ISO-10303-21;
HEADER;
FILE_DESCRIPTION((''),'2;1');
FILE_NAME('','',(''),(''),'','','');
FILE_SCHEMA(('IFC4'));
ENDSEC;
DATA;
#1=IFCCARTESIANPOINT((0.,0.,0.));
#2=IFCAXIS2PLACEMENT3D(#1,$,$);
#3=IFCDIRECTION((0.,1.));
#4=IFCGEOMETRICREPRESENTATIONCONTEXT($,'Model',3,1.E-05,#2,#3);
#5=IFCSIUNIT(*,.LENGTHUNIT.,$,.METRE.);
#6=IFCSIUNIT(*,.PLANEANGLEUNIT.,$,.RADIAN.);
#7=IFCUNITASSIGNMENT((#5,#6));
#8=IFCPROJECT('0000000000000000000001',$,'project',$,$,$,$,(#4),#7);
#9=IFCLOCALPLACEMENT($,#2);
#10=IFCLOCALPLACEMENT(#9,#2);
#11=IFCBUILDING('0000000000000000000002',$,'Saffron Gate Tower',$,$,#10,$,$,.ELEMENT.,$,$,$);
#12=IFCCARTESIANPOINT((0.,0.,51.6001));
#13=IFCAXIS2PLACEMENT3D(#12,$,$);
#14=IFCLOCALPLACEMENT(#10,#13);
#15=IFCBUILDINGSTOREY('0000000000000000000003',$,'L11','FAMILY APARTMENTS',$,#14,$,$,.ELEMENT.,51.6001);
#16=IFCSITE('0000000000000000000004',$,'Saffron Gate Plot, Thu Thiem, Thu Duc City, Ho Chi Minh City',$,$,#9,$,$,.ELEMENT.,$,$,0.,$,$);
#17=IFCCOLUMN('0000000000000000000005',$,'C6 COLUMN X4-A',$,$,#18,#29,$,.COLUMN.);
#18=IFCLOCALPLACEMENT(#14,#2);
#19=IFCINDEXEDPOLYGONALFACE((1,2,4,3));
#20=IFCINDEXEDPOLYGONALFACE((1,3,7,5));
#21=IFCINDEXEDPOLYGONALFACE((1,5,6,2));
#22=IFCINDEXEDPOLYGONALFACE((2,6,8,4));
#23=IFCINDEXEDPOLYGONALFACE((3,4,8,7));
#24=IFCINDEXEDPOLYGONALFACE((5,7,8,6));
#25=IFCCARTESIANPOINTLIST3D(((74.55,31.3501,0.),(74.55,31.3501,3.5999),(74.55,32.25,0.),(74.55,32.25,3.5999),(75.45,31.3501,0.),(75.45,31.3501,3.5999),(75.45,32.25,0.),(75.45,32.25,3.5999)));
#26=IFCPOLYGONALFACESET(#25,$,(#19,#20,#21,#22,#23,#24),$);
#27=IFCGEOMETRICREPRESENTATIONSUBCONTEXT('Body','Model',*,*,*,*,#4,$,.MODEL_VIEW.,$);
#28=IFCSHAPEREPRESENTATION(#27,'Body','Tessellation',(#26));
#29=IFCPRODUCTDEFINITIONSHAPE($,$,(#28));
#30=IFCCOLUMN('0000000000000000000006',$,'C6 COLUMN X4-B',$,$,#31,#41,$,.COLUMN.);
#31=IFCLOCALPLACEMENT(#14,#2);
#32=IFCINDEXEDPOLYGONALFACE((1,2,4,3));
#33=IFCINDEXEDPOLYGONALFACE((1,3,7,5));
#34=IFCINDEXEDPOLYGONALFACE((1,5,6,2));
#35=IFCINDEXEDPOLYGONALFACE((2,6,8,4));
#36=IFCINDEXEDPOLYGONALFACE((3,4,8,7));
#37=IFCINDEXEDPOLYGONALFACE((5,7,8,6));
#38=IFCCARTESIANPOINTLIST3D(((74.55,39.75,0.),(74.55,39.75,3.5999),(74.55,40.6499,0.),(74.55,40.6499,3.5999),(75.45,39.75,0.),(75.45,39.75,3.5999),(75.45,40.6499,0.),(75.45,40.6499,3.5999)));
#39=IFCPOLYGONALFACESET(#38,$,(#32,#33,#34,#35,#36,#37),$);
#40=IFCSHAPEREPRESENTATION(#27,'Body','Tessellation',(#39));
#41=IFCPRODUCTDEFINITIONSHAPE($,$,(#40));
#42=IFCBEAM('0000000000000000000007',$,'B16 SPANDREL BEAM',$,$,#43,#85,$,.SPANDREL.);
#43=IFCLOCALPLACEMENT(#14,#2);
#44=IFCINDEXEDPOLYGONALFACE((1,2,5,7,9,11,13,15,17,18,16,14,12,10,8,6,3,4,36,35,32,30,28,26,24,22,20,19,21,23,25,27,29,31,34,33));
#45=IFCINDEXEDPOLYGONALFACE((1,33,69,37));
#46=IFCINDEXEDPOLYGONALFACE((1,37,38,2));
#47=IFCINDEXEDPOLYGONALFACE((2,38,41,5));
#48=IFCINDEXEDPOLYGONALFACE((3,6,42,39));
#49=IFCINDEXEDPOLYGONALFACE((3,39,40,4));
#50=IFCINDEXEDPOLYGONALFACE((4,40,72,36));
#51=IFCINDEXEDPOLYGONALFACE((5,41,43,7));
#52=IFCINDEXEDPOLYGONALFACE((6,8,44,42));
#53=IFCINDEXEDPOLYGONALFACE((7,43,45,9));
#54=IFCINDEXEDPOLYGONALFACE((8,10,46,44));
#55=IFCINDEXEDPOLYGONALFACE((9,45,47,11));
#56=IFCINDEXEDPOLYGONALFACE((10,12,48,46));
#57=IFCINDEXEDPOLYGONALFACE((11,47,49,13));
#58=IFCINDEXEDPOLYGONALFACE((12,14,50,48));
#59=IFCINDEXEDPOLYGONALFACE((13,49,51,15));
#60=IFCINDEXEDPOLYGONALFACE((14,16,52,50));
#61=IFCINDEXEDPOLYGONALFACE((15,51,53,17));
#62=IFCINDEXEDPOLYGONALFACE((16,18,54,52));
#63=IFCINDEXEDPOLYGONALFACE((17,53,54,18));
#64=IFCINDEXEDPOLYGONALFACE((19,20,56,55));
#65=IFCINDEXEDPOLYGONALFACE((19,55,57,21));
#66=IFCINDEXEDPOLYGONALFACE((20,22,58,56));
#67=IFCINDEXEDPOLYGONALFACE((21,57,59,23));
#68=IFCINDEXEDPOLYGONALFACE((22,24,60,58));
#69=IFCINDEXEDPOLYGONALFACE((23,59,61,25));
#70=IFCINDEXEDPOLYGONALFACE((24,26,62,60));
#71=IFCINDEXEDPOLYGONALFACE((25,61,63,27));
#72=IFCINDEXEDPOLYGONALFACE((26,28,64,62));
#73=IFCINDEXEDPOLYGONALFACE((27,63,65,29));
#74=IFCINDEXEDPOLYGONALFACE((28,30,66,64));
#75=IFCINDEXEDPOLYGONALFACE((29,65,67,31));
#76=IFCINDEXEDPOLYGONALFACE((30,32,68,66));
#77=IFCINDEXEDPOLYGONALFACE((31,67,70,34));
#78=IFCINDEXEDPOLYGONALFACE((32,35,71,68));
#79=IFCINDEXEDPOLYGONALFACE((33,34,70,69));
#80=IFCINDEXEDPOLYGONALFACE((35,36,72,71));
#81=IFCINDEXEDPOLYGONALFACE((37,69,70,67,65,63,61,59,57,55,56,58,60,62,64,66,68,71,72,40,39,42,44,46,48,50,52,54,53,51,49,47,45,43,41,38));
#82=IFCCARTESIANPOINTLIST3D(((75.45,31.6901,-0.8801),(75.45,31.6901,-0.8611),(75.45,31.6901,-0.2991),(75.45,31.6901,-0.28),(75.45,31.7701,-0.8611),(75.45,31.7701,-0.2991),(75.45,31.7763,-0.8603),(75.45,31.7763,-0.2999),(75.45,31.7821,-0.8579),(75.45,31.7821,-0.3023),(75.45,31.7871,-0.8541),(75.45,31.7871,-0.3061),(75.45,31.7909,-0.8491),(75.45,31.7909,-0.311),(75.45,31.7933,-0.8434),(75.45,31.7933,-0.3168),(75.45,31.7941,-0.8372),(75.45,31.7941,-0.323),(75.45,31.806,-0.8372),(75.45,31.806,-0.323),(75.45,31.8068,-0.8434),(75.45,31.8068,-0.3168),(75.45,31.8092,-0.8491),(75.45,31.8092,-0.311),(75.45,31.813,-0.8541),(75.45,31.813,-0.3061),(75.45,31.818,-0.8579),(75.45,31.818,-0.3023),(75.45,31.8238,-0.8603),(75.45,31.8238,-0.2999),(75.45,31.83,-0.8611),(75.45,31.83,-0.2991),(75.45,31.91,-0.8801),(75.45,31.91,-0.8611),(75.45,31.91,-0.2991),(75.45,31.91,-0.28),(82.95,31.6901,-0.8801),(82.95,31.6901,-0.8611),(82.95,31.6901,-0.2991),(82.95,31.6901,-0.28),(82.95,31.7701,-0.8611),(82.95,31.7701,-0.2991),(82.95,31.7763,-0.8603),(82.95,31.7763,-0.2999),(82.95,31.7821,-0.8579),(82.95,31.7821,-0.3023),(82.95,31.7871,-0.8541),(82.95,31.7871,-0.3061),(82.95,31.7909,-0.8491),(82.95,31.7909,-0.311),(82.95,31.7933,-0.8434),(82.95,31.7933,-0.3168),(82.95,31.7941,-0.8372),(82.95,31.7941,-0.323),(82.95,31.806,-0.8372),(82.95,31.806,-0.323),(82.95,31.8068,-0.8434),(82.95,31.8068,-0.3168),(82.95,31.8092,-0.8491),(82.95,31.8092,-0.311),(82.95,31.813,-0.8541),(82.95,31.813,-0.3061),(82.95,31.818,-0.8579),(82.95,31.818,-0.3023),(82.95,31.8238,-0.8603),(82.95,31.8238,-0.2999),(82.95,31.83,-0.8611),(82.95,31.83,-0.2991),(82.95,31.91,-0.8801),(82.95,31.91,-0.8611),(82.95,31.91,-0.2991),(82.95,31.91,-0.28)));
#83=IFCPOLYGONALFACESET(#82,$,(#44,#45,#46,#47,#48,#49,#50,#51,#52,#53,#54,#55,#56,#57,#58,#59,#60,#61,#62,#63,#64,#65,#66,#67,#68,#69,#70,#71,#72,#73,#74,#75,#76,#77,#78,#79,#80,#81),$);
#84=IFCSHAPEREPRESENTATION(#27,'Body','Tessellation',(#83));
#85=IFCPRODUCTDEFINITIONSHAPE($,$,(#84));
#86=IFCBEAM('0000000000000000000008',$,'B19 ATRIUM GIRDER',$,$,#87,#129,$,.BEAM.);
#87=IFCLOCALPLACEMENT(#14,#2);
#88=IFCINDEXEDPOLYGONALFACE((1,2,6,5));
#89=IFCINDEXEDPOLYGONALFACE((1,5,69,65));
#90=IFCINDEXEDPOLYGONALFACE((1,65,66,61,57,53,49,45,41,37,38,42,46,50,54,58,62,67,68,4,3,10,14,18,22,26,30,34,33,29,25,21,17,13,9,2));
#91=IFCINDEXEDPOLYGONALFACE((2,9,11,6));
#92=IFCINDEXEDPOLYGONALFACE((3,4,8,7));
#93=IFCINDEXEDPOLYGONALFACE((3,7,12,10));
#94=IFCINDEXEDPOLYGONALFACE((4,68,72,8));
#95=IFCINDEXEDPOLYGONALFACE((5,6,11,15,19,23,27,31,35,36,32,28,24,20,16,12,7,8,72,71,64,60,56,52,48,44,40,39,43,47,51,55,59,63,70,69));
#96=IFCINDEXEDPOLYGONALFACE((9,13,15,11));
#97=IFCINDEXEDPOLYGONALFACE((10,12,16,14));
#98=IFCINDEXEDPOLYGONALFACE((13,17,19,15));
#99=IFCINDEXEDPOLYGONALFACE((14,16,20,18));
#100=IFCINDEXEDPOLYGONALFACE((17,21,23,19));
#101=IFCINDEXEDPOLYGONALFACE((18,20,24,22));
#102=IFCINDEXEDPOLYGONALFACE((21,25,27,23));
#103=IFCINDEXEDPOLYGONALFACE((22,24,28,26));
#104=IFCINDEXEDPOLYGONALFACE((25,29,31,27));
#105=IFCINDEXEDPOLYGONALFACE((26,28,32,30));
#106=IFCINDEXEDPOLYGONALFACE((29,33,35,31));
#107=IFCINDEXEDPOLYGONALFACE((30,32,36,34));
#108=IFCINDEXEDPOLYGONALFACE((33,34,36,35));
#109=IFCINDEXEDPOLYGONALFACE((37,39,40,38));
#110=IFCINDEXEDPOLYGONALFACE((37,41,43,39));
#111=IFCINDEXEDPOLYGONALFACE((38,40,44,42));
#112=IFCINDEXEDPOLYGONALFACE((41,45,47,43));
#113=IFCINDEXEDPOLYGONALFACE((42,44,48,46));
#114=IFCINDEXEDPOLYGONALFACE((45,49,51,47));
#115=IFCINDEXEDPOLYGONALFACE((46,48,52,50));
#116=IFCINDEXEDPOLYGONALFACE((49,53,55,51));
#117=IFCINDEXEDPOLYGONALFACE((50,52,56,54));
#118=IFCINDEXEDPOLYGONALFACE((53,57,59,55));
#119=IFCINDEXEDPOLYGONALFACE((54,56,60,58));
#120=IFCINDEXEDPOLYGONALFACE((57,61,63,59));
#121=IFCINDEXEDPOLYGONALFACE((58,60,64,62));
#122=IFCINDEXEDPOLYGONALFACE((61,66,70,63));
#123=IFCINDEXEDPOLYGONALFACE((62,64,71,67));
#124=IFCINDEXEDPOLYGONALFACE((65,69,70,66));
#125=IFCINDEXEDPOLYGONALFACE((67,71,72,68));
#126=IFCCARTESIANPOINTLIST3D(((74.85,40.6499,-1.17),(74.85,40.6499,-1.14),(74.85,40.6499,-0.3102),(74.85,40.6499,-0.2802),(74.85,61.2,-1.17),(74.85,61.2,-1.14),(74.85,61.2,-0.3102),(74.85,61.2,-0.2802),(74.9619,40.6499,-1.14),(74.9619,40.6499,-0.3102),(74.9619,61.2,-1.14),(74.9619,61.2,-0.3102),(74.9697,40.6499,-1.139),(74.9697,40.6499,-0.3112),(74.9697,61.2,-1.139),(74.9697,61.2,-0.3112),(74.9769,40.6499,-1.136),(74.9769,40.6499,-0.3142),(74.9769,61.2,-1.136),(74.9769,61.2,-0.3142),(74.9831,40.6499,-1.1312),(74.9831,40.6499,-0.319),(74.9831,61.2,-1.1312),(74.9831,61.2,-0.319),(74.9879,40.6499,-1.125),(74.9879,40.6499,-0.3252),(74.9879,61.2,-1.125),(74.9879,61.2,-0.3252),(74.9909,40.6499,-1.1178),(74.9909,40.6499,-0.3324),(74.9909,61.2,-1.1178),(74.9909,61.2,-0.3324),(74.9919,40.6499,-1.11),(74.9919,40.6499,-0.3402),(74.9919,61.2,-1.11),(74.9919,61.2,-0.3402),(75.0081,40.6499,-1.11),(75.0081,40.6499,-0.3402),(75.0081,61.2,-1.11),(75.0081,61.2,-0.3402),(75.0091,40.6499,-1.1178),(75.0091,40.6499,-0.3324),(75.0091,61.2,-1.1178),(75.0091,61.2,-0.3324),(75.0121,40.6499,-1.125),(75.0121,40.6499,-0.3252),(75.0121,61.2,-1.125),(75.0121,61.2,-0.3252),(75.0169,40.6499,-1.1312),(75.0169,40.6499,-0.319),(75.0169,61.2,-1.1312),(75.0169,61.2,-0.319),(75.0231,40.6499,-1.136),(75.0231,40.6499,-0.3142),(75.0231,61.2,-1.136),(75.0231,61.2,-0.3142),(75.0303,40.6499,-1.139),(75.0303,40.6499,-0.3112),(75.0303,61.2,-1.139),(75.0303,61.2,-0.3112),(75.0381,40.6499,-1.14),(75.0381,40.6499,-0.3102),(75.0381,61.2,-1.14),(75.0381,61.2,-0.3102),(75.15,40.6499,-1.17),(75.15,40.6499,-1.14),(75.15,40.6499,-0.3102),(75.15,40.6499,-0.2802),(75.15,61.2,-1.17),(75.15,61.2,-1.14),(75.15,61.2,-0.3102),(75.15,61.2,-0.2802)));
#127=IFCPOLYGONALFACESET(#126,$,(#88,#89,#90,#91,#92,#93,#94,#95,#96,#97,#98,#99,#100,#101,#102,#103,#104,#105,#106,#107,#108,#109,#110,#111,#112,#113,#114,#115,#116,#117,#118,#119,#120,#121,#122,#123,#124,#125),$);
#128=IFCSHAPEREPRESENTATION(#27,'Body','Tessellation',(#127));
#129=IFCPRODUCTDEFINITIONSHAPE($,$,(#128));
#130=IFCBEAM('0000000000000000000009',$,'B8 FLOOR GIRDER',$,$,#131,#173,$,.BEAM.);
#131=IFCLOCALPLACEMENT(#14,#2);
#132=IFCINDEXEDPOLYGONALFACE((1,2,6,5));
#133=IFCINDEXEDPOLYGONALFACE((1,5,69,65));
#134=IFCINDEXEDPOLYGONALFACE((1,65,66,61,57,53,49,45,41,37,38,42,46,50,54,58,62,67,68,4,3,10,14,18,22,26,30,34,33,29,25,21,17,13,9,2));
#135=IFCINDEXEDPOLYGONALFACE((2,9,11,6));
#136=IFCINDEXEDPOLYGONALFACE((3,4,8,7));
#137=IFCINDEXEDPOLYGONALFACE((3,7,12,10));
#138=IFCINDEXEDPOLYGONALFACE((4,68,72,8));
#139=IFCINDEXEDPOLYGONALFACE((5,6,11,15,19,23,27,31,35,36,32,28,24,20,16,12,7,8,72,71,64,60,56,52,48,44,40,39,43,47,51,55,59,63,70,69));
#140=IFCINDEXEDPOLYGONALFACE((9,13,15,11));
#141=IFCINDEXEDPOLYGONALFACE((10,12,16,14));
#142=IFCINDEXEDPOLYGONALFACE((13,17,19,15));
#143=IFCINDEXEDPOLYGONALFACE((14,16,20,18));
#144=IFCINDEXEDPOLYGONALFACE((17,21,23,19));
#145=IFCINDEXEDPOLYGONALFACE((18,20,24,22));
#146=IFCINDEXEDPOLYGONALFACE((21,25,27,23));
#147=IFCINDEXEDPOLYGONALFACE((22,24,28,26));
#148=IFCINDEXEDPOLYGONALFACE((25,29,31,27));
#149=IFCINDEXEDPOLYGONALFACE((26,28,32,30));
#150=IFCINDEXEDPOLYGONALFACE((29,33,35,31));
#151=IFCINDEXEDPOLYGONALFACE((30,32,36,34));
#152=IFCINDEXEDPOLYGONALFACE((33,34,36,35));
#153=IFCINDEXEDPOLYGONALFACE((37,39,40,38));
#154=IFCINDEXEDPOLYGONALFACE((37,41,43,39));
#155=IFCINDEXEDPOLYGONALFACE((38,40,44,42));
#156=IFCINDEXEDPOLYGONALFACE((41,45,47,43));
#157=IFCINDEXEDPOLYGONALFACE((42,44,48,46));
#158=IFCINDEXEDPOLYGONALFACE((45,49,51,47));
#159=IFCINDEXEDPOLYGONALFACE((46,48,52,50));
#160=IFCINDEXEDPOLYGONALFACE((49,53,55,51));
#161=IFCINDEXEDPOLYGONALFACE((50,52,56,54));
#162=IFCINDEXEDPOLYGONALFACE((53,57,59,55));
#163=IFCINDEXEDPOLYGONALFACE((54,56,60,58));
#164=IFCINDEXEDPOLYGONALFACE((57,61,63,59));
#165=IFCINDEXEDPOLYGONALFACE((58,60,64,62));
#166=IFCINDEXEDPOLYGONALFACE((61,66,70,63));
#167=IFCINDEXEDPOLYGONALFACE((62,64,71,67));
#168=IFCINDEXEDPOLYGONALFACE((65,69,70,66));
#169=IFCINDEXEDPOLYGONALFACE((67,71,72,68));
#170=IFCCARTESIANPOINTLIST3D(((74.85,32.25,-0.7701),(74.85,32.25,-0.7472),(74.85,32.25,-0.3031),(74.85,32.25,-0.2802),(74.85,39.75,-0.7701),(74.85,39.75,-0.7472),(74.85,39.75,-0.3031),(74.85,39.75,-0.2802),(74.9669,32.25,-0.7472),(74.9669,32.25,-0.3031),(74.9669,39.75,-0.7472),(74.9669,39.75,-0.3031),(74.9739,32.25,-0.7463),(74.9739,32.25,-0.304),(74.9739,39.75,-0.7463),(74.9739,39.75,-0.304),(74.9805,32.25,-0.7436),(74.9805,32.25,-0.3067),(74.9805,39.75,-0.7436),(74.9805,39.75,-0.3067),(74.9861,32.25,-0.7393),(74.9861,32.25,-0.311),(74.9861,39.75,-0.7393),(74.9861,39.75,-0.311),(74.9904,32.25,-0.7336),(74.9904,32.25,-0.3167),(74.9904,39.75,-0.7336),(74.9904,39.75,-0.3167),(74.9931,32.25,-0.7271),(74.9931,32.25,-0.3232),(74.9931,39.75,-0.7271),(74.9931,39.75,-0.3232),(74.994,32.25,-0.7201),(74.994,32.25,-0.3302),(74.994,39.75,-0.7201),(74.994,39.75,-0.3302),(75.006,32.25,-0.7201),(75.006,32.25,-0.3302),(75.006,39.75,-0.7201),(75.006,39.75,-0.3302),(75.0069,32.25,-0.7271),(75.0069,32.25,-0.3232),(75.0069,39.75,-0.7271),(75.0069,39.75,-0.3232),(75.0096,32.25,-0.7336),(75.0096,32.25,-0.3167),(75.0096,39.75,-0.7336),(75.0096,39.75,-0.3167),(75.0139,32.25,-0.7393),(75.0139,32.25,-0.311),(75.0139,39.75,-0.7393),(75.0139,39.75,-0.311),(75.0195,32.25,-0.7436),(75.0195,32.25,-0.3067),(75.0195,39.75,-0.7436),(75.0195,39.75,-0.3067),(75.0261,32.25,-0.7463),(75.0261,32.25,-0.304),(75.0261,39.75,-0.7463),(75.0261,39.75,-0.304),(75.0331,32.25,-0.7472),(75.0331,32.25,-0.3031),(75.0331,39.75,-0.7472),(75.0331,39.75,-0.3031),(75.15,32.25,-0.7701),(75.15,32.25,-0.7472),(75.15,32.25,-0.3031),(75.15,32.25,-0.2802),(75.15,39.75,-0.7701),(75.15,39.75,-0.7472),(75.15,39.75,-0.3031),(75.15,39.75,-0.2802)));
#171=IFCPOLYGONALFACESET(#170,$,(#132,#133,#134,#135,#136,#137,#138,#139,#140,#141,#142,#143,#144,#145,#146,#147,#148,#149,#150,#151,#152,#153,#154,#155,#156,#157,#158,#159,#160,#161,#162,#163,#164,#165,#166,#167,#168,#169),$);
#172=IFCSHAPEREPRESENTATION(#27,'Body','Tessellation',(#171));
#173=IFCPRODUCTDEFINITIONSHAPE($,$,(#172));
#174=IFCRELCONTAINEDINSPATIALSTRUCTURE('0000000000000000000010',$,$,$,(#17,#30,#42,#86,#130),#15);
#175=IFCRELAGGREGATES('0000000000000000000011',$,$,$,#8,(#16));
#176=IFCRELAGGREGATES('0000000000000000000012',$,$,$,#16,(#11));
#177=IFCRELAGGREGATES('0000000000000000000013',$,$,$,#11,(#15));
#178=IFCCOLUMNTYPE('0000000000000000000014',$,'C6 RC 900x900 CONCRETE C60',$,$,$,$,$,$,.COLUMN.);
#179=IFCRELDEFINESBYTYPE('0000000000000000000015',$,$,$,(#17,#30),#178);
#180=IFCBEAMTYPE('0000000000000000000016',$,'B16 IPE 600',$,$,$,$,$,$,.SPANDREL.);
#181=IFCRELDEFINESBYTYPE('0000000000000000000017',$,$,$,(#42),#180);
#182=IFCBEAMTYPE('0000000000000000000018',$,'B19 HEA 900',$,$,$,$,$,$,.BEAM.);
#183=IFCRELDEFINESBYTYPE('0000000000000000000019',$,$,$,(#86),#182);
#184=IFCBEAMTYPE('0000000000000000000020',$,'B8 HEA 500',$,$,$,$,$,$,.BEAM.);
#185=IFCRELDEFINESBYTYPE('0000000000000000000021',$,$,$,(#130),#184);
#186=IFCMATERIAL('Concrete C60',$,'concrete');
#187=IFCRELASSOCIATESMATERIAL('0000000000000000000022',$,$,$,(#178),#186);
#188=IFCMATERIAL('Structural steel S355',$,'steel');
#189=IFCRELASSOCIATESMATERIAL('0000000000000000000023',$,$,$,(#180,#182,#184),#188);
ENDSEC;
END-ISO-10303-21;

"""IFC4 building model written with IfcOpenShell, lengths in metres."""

from ifc_helpers import new_model, si_unit, direction, frame, origin, origin_2d, place, context, subcontext, project, spatial, rectangle, i_section, extrude, material, material_profile, profile_set, type_object, element, save


model = new_model("IFC4")

# Units and contexts
model_context = context("Model", 3, precision=1e-05, world=origin(), true_north=direction((0.0, 1.0)))
body_context = subcontext(model_context, "Body", "Model", "MODEL_VIEW")
ifc_project = project(units=[si_unit("LENGTHUNIT", "METRE"), si_unit("PLANEANGLEUNIT", "RADIAN")], contexts=[model_context])

# Site, building, storey
site_placement = place(None, origin())
site = spatial("IfcSite", under=ifc_project, at=site_placement, Name="Saffron Gate Plot, Thu Thiem, Thu Duc City, Ho Chi Minh City", CompositionType="ELEMENT", RefElevation=0.0)
building_placement = place(site_placement, origin())
building = spatial("IfcBuilding", under=site, at=building_placement, Name="Saffron Gate Tower", CompositionType="ELEMENT")
storey_placement = place(building_placement, frame((0.0, 0.0, 51.6001)))
storey = spatial("IfcBuildingStorey", under=building, at=storey_placement, Name="L11", Description="FAMILY APARTMENTS", CompositionType="ELEMENT", Elevation=51.6001)

# Columns
ifc_material_1 = material(Name="Concrete C60", Category="concrete")
ifc_material_profile_1 = material_profile(ifc_material_1, rectangle(XDim=0.8999, YDim=0.8999, at=origin_2d()))
ifc_profile_set_1 = profile_set([ifc_material_profile_1], Name="Concrete C60")
column_type = type_object("IfcColumnType", Name="C6 RC 900x900 CONCRETE C60", PredefinedType="COLUMN", material=ifc_profile_set_1)
for number, where, z_axis, x_axis, name in (
    (1, (75.0, 31.8, 0.0), (0.0, 0.0, 1.0), (1.0, 0.0, 0.0), "C6 COLUMN X4-A"),
    (2, (75.0, 40.2, 0.0), (0.0, 0.0, 1.0), (1.0, 0.0, 0.0), "C6 COLUMN X4-B"),
):
    element("IfcColumn", number, at=place(storey_placement, frame(where, z_axis=z_axis, x_axis=x_axis)), inside=storey, type_object=column_type, Name=name, PredefinedType="COLUMN", context=body_context, shape_type="SweptSolid", body=[
        extrude(rectangle(XDim=0.8999, YDim=0.8999, at=origin_2d()), origin(), (0.0, 0.0, 1.0), 3.5999),
    ])

# Beams
ifc_material_2 = material(Name="Structural steel S355", Category="steel")
ifc_material_profile_2 = material_profile(ifc_material_2, i_section(OverallWidth=0.22, OverallDepth=0.6001, WebThickness=0.012, FlangeThickness=0.019, FilletRadius=0.0239, at=origin_2d()))
ifc_profile_set_2 = profile_set([ifc_material_profile_2], Name="Structural steel S355")
beam_type_1 = type_object("IfcBeamType", Name="B16 IPE 600", PredefinedType="SPANDREL", material=ifc_profile_set_2)
beam_1_placement = place(storey_placement, frame((75.45, 31.8, -0.5801), z_axis=(1.0, 0.0, 0.0), x_axis=(0.0, 1.0, 0.0)))
element("IfcBeam", 3, at=beam_1_placement, inside=storey, type_object=beam_type_1, Name="B16 SPANDREL BEAM", PredefinedType="SPANDREL", context=body_context, shape_type="SweptSolid", body=[
    extrude(i_section(OverallWidth=0.22, OverallDepth=0.6001, WebThickness=0.012, FlangeThickness=0.019, FilletRadius=0.0239, at=origin_2d()), origin(), (0.0, 0.0, 1.0), 7.5),
])
ifc_material_profile_3 = material_profile(ifc_material_2, i_section(OverallWidth=0.3, OverallDepth=0.8899, WebThickness=0.0161, FlangeThickness=0.03, FilletRadius=0.03, at=origin_2d()))
ifc_profile_set_3 = profile_set([ifc_material_profile_3], Name="Structural steel S355")
beam_type_2 = type_object("IfcBeamType", Name="B19 HEA 900", PredefinedType="BEAM", material=ifc_profile_set_3)
beam_2_placement = place(storey_placement, frame((75.0, 40.6499, -0.7251), z_axis=(0.0, 1.0, 0.0), x_axis=(-1.0, 0.0, 0.0)))
element("IfcBeam", 4, at=beam_2_placement, inside=storey, type_object=beam_type_2, Name="B19 ATRIUM GIRDER", PredefinedType="BEAM", context=body_context, shape_type="SweptSolid", body=[
    extrude(i_section(OverallWidth=0.3, OverallDepth=0.8899, WebThickness=0.0161, FlangeThickness=0.03, FilletRadius=0.03, at=origin_2d()), origin(), (0.0, 0.0, 1.0), 20.55),
])
ifc_material_profile_4 = material_profile(ifc_material_2, i_section(OverallWidth=0.3, OverallDepth=0.49, WebThickness=0.012, FlangeThickness=0.0229, FilletRadius=0.0271, at=origin_2d()))
ifc_profile_set_4 = profile_set([ifc_material_profile_4], Name="Structural steel S355")
beam_type_3 = type_object("IfcBeamType", Name="B8 HEA 500", PredefinedType="BEAM", material=ifc_profile_set_4)
for number, where, z_axis, x_axis, name in (
    (5, (75.0, 32.25, -0.5251), (0.0, 1.0, 0.0), (-1.0, 0.0, 0.0), "B8 FLOOR GIRDER"),
):
    element("IfcBeam", number, at=place(storey_placement, frame(where, z_axis=z_axis, x_axis=x_axis)), inside=storey, type_object=beam_type_3, Name=name, PredefinedType="BEAM", context=body_context, shape_type="SweptSolid", body=[
        extrude(i_section(OverallWidth=0.3, OverallDepth=0.49, WebThickness=0.012, FlangeThickness=0.0229, FilletRadius=0.0271, at=origin_2d()), origin(), (0.0, 0.0, 1.0), 7.5),
    ])

save(model, "model.ifc")
